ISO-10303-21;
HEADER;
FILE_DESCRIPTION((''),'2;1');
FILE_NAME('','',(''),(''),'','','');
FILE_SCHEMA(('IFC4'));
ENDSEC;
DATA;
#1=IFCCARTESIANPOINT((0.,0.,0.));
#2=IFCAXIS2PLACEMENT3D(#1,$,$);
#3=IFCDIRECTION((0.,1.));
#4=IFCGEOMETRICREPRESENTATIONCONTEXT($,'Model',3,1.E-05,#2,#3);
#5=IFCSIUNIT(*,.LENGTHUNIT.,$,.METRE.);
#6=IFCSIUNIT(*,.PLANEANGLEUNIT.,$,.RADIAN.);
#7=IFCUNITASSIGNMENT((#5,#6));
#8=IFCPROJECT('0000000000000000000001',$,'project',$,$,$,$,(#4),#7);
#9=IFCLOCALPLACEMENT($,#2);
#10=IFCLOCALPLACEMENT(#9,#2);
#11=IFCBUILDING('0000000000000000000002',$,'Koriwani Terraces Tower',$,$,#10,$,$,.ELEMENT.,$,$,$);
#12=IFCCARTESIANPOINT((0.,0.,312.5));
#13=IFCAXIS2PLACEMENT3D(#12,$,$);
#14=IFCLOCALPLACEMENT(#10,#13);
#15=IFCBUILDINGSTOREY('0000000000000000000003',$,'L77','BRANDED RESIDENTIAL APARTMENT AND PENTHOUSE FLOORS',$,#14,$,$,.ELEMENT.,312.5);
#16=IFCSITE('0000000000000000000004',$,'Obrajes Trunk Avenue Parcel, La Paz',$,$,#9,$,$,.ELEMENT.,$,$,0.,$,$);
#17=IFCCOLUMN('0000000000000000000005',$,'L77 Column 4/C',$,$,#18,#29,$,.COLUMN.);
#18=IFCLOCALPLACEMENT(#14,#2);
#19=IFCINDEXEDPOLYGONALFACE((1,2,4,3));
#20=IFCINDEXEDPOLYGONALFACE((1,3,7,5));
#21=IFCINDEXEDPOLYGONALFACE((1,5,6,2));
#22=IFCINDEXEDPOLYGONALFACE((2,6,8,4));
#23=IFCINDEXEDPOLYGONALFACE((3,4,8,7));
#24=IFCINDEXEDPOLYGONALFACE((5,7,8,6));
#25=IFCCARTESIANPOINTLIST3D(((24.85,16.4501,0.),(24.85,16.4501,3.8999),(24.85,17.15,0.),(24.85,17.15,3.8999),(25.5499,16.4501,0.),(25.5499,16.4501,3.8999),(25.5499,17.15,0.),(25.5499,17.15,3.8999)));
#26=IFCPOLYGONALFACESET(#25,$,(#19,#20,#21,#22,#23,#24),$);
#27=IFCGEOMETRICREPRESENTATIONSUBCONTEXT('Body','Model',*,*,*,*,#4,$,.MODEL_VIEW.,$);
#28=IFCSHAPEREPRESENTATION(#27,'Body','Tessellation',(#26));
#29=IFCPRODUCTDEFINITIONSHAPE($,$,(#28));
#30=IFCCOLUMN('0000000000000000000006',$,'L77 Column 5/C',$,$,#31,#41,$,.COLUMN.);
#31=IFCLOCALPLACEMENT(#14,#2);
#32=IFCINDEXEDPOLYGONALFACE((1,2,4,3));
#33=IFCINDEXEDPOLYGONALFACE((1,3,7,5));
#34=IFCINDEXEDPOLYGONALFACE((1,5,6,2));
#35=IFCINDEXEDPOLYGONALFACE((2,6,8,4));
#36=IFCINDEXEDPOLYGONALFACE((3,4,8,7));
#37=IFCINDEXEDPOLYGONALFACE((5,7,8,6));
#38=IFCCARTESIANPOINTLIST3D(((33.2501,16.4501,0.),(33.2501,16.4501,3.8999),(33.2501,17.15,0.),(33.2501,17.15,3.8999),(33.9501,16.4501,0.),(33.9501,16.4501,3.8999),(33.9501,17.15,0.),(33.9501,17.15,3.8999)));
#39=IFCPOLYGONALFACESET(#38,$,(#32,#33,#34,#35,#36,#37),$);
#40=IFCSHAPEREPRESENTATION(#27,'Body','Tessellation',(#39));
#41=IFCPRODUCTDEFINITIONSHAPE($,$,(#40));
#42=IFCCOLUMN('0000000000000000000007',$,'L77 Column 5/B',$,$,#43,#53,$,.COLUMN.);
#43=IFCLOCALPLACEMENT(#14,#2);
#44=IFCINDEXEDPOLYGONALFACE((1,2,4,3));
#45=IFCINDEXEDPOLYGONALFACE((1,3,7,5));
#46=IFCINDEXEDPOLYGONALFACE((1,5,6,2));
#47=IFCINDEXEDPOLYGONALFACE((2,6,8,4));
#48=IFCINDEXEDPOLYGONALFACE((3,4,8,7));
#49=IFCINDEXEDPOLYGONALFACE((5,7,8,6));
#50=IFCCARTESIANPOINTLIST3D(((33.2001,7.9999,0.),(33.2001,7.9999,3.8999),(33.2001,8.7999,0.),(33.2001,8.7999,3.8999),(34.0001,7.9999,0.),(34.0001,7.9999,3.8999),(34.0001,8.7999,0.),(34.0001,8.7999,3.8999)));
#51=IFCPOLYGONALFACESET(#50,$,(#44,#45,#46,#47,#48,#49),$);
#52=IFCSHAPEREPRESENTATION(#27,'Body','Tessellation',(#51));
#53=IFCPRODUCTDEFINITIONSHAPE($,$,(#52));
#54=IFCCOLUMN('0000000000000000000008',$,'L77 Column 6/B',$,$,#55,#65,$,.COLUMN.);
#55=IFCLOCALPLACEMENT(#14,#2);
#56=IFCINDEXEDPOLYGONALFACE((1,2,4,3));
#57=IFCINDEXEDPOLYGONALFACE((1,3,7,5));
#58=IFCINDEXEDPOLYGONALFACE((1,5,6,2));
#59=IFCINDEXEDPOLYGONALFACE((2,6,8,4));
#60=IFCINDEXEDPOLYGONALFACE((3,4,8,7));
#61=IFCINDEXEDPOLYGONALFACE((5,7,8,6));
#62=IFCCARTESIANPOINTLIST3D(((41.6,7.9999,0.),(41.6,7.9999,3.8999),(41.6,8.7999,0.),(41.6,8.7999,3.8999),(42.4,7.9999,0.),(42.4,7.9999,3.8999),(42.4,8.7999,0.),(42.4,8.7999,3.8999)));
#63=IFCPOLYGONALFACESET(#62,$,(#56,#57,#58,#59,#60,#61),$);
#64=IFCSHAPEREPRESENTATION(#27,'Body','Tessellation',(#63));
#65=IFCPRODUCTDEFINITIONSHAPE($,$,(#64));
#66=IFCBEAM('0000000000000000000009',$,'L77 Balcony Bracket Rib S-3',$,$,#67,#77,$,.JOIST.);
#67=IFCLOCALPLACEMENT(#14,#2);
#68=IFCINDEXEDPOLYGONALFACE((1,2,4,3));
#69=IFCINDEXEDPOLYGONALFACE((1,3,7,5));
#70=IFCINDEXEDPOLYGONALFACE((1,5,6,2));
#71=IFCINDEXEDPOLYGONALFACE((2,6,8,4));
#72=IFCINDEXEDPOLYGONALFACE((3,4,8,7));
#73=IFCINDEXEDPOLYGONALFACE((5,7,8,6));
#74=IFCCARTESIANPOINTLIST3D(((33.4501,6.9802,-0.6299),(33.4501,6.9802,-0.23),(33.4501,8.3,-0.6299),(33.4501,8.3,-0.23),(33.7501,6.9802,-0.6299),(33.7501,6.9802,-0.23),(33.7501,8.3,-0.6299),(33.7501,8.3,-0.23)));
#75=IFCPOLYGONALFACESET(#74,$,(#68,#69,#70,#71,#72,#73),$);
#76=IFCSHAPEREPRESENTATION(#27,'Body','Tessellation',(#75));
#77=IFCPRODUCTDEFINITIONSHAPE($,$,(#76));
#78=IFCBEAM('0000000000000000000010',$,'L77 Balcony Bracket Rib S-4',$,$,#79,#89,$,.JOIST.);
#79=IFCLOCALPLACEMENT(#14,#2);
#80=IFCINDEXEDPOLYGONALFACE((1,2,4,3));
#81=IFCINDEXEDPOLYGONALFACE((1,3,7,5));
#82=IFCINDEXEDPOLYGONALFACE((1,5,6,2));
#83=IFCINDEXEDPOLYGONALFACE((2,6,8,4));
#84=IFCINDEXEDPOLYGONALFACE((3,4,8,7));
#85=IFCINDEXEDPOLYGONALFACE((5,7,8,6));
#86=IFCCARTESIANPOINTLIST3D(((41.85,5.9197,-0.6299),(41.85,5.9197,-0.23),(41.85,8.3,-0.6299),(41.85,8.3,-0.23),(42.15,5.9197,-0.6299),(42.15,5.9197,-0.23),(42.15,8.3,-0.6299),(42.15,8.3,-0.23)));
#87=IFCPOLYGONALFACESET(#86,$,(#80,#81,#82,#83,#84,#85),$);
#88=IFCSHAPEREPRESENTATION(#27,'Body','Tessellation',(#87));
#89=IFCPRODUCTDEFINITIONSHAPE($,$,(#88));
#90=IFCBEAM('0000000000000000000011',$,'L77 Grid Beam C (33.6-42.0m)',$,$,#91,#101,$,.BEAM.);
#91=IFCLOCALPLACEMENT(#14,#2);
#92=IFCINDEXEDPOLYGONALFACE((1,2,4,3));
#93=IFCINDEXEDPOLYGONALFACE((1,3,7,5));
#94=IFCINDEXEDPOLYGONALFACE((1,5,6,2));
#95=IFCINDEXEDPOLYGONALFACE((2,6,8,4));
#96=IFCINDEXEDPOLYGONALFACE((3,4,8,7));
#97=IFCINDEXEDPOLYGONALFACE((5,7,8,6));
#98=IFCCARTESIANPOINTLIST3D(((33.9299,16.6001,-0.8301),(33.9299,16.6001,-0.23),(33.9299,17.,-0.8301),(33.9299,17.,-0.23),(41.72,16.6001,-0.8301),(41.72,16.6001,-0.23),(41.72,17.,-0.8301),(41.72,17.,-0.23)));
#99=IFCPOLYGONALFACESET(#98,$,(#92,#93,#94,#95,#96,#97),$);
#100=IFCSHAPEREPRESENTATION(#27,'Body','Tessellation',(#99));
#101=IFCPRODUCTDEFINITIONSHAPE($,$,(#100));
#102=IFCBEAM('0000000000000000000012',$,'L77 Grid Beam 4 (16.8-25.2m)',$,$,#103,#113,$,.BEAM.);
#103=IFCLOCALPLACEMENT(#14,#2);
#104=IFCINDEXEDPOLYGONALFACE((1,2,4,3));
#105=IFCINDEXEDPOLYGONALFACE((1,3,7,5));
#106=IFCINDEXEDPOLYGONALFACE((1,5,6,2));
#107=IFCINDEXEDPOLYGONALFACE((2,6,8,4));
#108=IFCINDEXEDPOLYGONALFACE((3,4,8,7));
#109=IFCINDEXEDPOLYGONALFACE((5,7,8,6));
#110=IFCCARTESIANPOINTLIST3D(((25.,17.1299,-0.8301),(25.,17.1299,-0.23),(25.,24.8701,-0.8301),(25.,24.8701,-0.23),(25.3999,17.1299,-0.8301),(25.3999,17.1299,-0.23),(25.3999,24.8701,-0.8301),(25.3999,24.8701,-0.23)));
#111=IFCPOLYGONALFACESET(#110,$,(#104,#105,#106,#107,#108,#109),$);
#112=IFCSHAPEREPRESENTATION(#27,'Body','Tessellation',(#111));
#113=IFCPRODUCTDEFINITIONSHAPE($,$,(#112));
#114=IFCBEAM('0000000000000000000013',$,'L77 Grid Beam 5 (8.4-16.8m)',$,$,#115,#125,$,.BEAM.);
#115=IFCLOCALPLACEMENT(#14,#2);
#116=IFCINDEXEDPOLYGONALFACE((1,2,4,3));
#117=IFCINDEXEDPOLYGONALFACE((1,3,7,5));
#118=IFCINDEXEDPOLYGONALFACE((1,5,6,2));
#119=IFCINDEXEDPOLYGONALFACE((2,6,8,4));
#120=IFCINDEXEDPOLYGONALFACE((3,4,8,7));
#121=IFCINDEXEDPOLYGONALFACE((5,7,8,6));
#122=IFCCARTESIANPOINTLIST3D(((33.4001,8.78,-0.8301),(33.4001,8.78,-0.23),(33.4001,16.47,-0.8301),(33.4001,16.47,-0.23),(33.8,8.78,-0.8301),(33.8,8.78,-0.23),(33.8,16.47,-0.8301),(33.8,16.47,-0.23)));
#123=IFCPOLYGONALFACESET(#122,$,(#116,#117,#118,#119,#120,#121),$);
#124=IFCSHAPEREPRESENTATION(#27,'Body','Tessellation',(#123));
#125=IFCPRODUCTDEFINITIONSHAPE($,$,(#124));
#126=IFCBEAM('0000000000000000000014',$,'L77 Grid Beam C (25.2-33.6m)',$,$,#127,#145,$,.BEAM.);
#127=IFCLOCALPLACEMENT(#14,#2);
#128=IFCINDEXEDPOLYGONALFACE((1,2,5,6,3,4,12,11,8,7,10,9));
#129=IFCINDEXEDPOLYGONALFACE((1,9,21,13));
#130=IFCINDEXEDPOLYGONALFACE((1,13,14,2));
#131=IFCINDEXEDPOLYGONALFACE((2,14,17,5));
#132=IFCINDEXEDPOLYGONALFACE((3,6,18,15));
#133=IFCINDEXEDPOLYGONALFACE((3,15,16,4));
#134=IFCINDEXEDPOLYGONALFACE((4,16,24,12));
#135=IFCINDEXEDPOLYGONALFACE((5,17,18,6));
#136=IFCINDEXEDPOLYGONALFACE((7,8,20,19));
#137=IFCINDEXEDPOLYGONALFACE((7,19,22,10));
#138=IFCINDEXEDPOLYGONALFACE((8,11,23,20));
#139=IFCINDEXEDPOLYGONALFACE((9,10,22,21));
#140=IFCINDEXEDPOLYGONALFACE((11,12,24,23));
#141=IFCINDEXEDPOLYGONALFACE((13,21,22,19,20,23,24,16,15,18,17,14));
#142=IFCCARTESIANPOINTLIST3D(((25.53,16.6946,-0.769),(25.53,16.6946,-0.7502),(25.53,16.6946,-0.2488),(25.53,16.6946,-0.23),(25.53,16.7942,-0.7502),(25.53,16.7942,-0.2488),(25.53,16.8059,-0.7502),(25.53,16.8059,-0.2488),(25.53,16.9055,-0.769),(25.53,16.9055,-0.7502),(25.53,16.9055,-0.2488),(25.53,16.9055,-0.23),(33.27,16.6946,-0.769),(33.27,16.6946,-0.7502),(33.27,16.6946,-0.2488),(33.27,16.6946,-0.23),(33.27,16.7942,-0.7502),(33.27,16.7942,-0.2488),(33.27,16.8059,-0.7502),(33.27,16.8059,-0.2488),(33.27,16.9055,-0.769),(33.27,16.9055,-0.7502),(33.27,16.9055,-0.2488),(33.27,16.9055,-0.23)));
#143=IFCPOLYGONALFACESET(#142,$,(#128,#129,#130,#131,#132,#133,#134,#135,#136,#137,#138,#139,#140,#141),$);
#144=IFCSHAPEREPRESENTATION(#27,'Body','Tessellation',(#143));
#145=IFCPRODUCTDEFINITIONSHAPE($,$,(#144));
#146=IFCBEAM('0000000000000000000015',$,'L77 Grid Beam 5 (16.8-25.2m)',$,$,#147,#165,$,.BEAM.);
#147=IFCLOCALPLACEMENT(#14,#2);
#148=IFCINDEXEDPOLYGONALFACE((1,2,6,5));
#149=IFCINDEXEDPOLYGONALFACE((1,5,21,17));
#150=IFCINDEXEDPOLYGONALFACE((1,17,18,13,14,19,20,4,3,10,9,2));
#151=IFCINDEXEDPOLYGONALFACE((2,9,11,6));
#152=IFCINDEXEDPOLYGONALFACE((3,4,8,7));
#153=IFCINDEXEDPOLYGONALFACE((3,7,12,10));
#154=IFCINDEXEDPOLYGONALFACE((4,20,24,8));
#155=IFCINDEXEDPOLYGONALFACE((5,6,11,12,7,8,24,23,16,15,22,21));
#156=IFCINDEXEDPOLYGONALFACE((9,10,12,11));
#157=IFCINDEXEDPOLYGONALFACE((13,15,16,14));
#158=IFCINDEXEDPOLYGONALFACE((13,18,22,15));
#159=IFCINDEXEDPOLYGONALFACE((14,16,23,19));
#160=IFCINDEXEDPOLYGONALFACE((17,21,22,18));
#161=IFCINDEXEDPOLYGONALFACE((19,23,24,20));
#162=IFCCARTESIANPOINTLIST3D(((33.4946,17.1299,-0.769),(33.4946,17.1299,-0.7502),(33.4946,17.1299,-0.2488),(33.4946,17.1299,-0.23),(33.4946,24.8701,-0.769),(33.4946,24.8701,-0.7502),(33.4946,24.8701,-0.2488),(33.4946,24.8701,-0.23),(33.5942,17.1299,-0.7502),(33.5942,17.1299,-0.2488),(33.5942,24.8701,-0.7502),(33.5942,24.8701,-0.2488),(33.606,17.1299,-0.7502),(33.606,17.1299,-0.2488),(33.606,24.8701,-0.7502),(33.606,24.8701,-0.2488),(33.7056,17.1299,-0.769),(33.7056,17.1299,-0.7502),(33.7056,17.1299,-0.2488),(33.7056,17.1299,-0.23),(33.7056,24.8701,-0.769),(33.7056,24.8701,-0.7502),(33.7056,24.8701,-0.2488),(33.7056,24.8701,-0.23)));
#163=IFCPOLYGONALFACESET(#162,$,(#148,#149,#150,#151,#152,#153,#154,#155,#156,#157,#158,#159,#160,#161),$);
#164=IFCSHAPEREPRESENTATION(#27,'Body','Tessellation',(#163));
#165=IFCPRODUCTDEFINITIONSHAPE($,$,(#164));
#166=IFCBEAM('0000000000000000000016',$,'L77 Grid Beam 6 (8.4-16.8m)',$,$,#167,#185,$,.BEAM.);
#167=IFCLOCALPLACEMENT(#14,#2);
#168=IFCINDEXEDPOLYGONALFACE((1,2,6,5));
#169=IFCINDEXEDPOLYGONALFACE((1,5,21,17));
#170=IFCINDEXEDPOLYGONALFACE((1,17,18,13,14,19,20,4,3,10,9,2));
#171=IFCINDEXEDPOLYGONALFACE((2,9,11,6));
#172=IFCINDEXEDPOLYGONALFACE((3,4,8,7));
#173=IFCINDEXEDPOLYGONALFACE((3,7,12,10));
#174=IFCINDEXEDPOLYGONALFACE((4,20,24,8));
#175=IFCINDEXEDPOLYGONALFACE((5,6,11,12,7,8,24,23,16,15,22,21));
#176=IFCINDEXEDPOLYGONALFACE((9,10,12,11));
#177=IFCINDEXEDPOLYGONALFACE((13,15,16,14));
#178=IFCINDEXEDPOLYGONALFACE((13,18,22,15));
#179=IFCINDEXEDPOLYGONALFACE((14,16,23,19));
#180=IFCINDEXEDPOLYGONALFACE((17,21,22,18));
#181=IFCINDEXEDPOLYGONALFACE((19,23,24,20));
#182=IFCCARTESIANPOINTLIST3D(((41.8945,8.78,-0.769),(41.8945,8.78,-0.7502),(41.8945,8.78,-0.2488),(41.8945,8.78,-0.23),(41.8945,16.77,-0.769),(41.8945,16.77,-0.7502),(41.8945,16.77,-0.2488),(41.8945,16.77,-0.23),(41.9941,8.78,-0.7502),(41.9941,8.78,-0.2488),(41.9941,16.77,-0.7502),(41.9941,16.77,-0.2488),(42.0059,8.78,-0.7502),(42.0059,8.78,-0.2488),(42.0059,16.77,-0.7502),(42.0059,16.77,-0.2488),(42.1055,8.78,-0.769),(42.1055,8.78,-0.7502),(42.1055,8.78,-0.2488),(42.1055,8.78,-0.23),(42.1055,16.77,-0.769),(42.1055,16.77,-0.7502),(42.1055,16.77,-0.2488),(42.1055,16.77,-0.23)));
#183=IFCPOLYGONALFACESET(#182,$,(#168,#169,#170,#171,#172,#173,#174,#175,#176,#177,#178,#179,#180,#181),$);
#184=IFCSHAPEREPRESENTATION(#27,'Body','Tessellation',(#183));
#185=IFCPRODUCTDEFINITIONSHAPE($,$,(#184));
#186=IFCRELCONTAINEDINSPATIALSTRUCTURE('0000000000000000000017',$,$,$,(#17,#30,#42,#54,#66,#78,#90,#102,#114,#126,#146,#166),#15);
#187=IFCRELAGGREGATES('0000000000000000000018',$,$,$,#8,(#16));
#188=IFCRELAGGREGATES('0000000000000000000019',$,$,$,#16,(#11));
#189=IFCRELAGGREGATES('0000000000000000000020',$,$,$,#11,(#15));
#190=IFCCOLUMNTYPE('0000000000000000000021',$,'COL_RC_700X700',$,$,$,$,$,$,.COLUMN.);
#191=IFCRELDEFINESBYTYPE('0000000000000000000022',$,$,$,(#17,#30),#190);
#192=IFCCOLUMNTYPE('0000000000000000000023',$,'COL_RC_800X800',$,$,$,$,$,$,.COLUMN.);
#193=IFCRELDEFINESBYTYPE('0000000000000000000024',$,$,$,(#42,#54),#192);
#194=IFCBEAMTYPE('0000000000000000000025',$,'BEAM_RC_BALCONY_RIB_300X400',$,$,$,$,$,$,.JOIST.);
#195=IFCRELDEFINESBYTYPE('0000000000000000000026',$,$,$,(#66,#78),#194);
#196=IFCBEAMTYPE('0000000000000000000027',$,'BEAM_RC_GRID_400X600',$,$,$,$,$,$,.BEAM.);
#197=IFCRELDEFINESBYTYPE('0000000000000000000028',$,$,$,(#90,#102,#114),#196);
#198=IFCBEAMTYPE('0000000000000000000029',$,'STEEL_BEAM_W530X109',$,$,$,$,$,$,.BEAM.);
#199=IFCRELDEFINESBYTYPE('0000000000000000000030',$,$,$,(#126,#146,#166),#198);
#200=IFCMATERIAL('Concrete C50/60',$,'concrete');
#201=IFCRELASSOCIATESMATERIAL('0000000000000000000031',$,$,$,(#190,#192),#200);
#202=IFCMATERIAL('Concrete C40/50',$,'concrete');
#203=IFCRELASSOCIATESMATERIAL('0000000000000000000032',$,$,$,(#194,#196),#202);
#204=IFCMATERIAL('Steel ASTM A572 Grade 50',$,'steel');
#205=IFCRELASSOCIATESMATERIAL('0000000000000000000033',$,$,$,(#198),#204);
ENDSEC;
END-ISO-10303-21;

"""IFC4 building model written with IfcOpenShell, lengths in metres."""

from ifc_helpers import new_model, si_unit, direction, frame, origin, origin_2d, place, context, subcontext, project, spatial, rectangle, i_section, extrude, material, material_profile, profile_set, type_object, element, save


model = new_model("IFC4")

# Units and contexts
model_context = context("Model", 3, precision=1e-05, world=origin(), true_north=direction((0.0, 1.0)))
body_context = subcontext(model_context, "Body", "Model", "MODEL_VIEW")
ifc_project = project(units=[si_unit("LENGTHUNIT", "METRE"), si_unit("PLANEANGLEUNIT", "RADIAN")], contexts=[model_context])

# Site, building, storey
site_placement = place(None, origin())
site = spatial("IfcSite", under=ifc_project, at=site_placement, Name="Obrajes Trunk Avenue Parcel, La Paz", CompositionType="ELEMENT", RefElevation=0.0)
building_placement = place(site_placement, origin())
building = spatial("IfcBuilding", under=site, at=building_placement, Name="Koriwani Terraces Tower", CompositionType="ELEMENT")
storey_placement = place(building_placement, frame((0.0, 0.0, 312.5)))
storey = spatial("IfcBuildingStorey", under=building, at=storey_placement, Name="L77", Description="BRANDED RESIDENTIAL APARTMENT AND PENTHOUSE FLOORS", CompositionType="ELEMENT", Elevation=312.5)

# Columns
ifc_material_1 = material(Name="Concrete C50/60", Category="concrete")
ifc_material_profile_1 = material_profile(ifc_material_1, rectangle(XDim=0.7, YDim=0.7, at=origin_2d()), Name="Concrete C50/60", Category="LoadBearing")
ifc_profile_set_1 = profile_set([ifc_material_profile_1], Name="Concrete C50/60")
column_type_1 = type_object("IfcColumnType", Name="COL_RC_700X700", PredefinedType="COLUMN", material=ifc_profile_set_1)
for number, where, z_axis, x_axis, name in (
    (1, (25.2, 16.8, 0.0), (0.0, 0.0, 1.0), (1.0, 0.0, 0.0), "L77 Column 4/C"),
    (2, (33.6001, 16.8, 0.0), (0.0, 0.0, 1.0), (1.0, 0.0, 0.0), "L77 Column 5/C"),
):
    element("IfcColumn", number, at=place(storey_placement, frame(where, z_axis=z_axis, x_axis=x_axis)), inside=storey, type_object=column_type_1, Name=name, PredefinedType="COLUMN", context=body_context, shape_type="SweptSolid", body=[
        extrude(rectangle(XDim=0.7, YDim=0.7, at=origin_2d()), origin(), (0.0, 0.0, 1.0), 3.8999),
    ])
ifc_material_profile_2 = material_profile(ifc_material_1, rectangle(XDim=0.8, YDim=0.8, at=origin_2d()), Name="Concrete C50/60", Category="LoadBearing")
ifc_profile_set_2 = profile_set([ifc_material_profile_2], Name="Concrete C50/60")
column_type_2 = type_object("IfcColumnType", Name="COL_RC_800X800", PredefinedType="COLUMN", material=ifc_profile_set_2)
for number, where, z_axis, x_axis, name in (
    (3, (33.6001, 8.3999, 0.0), (0.0, 0.0, 1.0), (1.0, 0.0, 0.0), "L77 Column 5/B"),
    (4, (42.0, 8.3999, 0.0), (0.0, 0.0, 1.0), (1.0, 0.0, 0.0), "L77 Column 6/B"),
):
    element("IfcColumn", number, at=place(storey_placement, frame(where, z_axis=z_axis, x_axis=x_axis)), inside=storey, type_object=column_type_2, Name=name, PredefinedType="COLUMN", context=body_context, shape_type="SweptSolid", body=[
        extrude(rectangle(XDim=0.8, YDim=0.8, at=origin_2d()), origin(), (0.0, 0.0, 1.0), 3.8999),
    ])

# Beams
ifc_material_2 = material(Name="Concrete C40/50", Category="concrete")
ifc_material_profile_3 = material_profile(ifc_material_2, rectangle(XDim=0.3, YDim=0.3999, at=origin_2d()), Name="Concrete C40/50", Category="LoadBearing")
ifc_profile_set_3 = profile_set([ifc_material_profile_3], Name="Concrete C40/50")
beam_type_1 = type_object("IfcBeamType", Name="BEAM_RC_BALCONY_RIB_300X400", PredefinedType="JOIST", material=ifc_profile_set_3)
beam_1_placement = place(storey_placement, frame((33.6001, 6.9802, -0.4299), z_axis=(0.0, 1.0, 0.0), x_axis=(-1.0, 0.0, 0.0)))
element("IfcBeam", 5, at=beam_1_placement, inside=storey, type_object=beam_type_1, Name="L77 Balcony Bracket Rib S-3", PredefinedType="JOIST", context=body_context, shape_type="SweptSolid", body=[
    extrude(rectangle(XDim=0.3, YDim=0.3999, at=origin_2d()), origin(), (0.0, 0.0, 1.0), 1.3198),
])
beam_2_placement = place(storey_placement, frame((42.0, 5.9197, -0.4299), z_axis=(0.0, 1.0, 0.0), x_axis=(-1.0, 0.0, 0.0)))
element("IfcBeam", 6, at=beam_2_placement, inside=storey, type_object=beam_type_1, Name="L77 Balcony Bracket Rib S-4", PredefinedType="JOIST", context=body_context, shape_type="SweptSolid", body=[
    extrude(rectangle(XDim=0.3, YDim=0.3999, at=origin_2d()), origin(), (0.0, 0.0, 1.0), 2.3804),
])
ifc_material_profile_4 = material_profile(ifc_material_2, rectangle(XDim=0.3999, YDim=0.6001, at=origin_2d()), Name="Concrete C40/50", Category="LoadBearing")
ifc_profile_set_4 = profile_set([ifc_material_profile_4], Name="Concrete C40/50")
beam_type_2 = type_object("IfcBeamType", Name="BEAM_RC_GRID_400X600", PredefinedType="BEAM", material=ifc_profile_set_4)
beam_3_placement = place(storey_placement, frame((33.9299, 16.8, -0.53), z_axis=(1.0, 0.0, 0.0), x_axis=(0.0, 1.0, 0.0)))
element("IfcBeam", 7, at=beam_3_placement, inside=storey, type_object=beam_type_2, Name="L77 Grid Beam C (33.6-42.0m)", PredefinedType="BEAM", context=body_context, shape_type="SweptSolid", body=[
    extrude(rectangle(XDim=0.3999, YDim=0.6001, at=origin_2d()), origin(), (0.0, 0.0, 1.0), 7.79),
])
beam_4_placement = place(storey_placement, frame((25.2, 17.1299, -0.53), z_axis=(0.0, 1.0, 0.0), x_axis=(-1.0, 0.0, 0.0)))
element("IfcBeam", 8, at=beam_4_placement, inside=storey, type_object=beam_type_2, Name="L77 Grid Beam 4 (16.8-25.2m)", PredefinedType="BEAM", context=body_context, shape_type="SweptSolid", body=[
    extrude(rectangle(XDim=0.3999, YDim=0.6001, at=origin_2d()), origin(), (0.0, 0.0, 1.0), 7.7402),
])
beam_5_placement = place(storey_placement, frame((33.6001, 8.78, -0.53), z_axis=(0.0, 1.0, 0.0), x_axis=(-1.0, 0.0, 0.0)))
element("IfcBeam", 9, at=beam_5_placement, inside=storey, type_object=beam_type_2, Name="L77 Grid Beam 5 (8.4-16.8m)", PredefinedType="BEAM", context=body_context, shape_type="SweptSolid", body=[
    extrude(rectangle(XDim=0.3999, YDim=0.6001, at=origin_2d()), origin(), (0.0, 0.0, 1.0), 7.6899),
])
ifc_material_3 = material(Name="Steel ASTM A572 Grade 50", Category="steel")
ifc_material_profile_5 = material_profile(ifc_material_3, i_section(OverallWidth=0.2109, OverallDepth=0.5391, WebThickness=0.0117, FlangeThickness=0.0188, at=origin_2d()), Name="Steel ASTM A572 Grade 50", Category="LoadBearing")
ifc_profile_set_5 = profile_set([ifc_material_profile_5], Name="Steel ASTM A572 Grade 50")
beam_type_3 = type_object("IfcBeamType", Name="STEEL_BEAM_W530X109", PredefinedType="BEAM", material=ifc_profile_set_5)
beam_6_placement = place(storey_placement, frame((25.53, 16.8, -0.4995), z_axis=(1.0, 0.0, 0.0), x_axis=(0.0, 1.0, 0.0)))
element("IfcBeam", 10, at=beam_6_placement, inside=storey, type_object=beam_type_3, Name="L77 Grid Beam C (25.2-33.6m)", PredefinedType="BEAM", context=body_context, shape_type="SweptSolid", body=[
    extrude(i_section(OverallWidth=0.2109, OverallDepth=0.5391, WebThickness=0.0117, FlangeThickness=0.0188, at=origin_2d()), origin(), (0.0, 0.0, 1.0), 7.74),
])
beam_7_placement = place(storey_placement, frame((33.6001, 17.1299, -0.4995), z_axis=(0.0, 1.0, 0.0), x_axis=(-1.0, 0.0, 0.0)))
element("IfcBeam", 11, at=beam_7_placement, inside=storey, type_object=beam_type_3, Name="L77 Grid Beam 5 (16.8-25.2m)", PredefinedType="BEAM", context=body_context, shape_type="SweptSolid", body=[
    extrude(i_section(OverallWidth=0.2109, OverallDepth=0.5391, WebThickness=0.0117, FlangeThickness=0.0188, at=origin_2d()), origin(), (0.0, 0.0, 1.0), 7.7402),
])
beam_8_placement = place(storey_placement, frame((42.0, 8.78, -0.4995), z_axis=(0.0, 1.0, 0.0), x_axis=(-1.0, 0.0, 0.0)))
element("IfcBeam", 12, at=beam_8_placement, inside=storey, type_object=beam_type_3, Name="L77 Grid Beam 6 (8.4-16.8m)", PredefinedType="BEAM", context=body_context, shape_type="SweptSolid", body=[
    extrude(i_section(OverallWidth=0.2109, OverallDepth=0.5391, WebThickness=0.0117, FlangeThickness=0.0188, at=origin_2d()), origin(), (0.0, 0.0, 1.0), 7.99),
])

save(model, "model.ifc")
